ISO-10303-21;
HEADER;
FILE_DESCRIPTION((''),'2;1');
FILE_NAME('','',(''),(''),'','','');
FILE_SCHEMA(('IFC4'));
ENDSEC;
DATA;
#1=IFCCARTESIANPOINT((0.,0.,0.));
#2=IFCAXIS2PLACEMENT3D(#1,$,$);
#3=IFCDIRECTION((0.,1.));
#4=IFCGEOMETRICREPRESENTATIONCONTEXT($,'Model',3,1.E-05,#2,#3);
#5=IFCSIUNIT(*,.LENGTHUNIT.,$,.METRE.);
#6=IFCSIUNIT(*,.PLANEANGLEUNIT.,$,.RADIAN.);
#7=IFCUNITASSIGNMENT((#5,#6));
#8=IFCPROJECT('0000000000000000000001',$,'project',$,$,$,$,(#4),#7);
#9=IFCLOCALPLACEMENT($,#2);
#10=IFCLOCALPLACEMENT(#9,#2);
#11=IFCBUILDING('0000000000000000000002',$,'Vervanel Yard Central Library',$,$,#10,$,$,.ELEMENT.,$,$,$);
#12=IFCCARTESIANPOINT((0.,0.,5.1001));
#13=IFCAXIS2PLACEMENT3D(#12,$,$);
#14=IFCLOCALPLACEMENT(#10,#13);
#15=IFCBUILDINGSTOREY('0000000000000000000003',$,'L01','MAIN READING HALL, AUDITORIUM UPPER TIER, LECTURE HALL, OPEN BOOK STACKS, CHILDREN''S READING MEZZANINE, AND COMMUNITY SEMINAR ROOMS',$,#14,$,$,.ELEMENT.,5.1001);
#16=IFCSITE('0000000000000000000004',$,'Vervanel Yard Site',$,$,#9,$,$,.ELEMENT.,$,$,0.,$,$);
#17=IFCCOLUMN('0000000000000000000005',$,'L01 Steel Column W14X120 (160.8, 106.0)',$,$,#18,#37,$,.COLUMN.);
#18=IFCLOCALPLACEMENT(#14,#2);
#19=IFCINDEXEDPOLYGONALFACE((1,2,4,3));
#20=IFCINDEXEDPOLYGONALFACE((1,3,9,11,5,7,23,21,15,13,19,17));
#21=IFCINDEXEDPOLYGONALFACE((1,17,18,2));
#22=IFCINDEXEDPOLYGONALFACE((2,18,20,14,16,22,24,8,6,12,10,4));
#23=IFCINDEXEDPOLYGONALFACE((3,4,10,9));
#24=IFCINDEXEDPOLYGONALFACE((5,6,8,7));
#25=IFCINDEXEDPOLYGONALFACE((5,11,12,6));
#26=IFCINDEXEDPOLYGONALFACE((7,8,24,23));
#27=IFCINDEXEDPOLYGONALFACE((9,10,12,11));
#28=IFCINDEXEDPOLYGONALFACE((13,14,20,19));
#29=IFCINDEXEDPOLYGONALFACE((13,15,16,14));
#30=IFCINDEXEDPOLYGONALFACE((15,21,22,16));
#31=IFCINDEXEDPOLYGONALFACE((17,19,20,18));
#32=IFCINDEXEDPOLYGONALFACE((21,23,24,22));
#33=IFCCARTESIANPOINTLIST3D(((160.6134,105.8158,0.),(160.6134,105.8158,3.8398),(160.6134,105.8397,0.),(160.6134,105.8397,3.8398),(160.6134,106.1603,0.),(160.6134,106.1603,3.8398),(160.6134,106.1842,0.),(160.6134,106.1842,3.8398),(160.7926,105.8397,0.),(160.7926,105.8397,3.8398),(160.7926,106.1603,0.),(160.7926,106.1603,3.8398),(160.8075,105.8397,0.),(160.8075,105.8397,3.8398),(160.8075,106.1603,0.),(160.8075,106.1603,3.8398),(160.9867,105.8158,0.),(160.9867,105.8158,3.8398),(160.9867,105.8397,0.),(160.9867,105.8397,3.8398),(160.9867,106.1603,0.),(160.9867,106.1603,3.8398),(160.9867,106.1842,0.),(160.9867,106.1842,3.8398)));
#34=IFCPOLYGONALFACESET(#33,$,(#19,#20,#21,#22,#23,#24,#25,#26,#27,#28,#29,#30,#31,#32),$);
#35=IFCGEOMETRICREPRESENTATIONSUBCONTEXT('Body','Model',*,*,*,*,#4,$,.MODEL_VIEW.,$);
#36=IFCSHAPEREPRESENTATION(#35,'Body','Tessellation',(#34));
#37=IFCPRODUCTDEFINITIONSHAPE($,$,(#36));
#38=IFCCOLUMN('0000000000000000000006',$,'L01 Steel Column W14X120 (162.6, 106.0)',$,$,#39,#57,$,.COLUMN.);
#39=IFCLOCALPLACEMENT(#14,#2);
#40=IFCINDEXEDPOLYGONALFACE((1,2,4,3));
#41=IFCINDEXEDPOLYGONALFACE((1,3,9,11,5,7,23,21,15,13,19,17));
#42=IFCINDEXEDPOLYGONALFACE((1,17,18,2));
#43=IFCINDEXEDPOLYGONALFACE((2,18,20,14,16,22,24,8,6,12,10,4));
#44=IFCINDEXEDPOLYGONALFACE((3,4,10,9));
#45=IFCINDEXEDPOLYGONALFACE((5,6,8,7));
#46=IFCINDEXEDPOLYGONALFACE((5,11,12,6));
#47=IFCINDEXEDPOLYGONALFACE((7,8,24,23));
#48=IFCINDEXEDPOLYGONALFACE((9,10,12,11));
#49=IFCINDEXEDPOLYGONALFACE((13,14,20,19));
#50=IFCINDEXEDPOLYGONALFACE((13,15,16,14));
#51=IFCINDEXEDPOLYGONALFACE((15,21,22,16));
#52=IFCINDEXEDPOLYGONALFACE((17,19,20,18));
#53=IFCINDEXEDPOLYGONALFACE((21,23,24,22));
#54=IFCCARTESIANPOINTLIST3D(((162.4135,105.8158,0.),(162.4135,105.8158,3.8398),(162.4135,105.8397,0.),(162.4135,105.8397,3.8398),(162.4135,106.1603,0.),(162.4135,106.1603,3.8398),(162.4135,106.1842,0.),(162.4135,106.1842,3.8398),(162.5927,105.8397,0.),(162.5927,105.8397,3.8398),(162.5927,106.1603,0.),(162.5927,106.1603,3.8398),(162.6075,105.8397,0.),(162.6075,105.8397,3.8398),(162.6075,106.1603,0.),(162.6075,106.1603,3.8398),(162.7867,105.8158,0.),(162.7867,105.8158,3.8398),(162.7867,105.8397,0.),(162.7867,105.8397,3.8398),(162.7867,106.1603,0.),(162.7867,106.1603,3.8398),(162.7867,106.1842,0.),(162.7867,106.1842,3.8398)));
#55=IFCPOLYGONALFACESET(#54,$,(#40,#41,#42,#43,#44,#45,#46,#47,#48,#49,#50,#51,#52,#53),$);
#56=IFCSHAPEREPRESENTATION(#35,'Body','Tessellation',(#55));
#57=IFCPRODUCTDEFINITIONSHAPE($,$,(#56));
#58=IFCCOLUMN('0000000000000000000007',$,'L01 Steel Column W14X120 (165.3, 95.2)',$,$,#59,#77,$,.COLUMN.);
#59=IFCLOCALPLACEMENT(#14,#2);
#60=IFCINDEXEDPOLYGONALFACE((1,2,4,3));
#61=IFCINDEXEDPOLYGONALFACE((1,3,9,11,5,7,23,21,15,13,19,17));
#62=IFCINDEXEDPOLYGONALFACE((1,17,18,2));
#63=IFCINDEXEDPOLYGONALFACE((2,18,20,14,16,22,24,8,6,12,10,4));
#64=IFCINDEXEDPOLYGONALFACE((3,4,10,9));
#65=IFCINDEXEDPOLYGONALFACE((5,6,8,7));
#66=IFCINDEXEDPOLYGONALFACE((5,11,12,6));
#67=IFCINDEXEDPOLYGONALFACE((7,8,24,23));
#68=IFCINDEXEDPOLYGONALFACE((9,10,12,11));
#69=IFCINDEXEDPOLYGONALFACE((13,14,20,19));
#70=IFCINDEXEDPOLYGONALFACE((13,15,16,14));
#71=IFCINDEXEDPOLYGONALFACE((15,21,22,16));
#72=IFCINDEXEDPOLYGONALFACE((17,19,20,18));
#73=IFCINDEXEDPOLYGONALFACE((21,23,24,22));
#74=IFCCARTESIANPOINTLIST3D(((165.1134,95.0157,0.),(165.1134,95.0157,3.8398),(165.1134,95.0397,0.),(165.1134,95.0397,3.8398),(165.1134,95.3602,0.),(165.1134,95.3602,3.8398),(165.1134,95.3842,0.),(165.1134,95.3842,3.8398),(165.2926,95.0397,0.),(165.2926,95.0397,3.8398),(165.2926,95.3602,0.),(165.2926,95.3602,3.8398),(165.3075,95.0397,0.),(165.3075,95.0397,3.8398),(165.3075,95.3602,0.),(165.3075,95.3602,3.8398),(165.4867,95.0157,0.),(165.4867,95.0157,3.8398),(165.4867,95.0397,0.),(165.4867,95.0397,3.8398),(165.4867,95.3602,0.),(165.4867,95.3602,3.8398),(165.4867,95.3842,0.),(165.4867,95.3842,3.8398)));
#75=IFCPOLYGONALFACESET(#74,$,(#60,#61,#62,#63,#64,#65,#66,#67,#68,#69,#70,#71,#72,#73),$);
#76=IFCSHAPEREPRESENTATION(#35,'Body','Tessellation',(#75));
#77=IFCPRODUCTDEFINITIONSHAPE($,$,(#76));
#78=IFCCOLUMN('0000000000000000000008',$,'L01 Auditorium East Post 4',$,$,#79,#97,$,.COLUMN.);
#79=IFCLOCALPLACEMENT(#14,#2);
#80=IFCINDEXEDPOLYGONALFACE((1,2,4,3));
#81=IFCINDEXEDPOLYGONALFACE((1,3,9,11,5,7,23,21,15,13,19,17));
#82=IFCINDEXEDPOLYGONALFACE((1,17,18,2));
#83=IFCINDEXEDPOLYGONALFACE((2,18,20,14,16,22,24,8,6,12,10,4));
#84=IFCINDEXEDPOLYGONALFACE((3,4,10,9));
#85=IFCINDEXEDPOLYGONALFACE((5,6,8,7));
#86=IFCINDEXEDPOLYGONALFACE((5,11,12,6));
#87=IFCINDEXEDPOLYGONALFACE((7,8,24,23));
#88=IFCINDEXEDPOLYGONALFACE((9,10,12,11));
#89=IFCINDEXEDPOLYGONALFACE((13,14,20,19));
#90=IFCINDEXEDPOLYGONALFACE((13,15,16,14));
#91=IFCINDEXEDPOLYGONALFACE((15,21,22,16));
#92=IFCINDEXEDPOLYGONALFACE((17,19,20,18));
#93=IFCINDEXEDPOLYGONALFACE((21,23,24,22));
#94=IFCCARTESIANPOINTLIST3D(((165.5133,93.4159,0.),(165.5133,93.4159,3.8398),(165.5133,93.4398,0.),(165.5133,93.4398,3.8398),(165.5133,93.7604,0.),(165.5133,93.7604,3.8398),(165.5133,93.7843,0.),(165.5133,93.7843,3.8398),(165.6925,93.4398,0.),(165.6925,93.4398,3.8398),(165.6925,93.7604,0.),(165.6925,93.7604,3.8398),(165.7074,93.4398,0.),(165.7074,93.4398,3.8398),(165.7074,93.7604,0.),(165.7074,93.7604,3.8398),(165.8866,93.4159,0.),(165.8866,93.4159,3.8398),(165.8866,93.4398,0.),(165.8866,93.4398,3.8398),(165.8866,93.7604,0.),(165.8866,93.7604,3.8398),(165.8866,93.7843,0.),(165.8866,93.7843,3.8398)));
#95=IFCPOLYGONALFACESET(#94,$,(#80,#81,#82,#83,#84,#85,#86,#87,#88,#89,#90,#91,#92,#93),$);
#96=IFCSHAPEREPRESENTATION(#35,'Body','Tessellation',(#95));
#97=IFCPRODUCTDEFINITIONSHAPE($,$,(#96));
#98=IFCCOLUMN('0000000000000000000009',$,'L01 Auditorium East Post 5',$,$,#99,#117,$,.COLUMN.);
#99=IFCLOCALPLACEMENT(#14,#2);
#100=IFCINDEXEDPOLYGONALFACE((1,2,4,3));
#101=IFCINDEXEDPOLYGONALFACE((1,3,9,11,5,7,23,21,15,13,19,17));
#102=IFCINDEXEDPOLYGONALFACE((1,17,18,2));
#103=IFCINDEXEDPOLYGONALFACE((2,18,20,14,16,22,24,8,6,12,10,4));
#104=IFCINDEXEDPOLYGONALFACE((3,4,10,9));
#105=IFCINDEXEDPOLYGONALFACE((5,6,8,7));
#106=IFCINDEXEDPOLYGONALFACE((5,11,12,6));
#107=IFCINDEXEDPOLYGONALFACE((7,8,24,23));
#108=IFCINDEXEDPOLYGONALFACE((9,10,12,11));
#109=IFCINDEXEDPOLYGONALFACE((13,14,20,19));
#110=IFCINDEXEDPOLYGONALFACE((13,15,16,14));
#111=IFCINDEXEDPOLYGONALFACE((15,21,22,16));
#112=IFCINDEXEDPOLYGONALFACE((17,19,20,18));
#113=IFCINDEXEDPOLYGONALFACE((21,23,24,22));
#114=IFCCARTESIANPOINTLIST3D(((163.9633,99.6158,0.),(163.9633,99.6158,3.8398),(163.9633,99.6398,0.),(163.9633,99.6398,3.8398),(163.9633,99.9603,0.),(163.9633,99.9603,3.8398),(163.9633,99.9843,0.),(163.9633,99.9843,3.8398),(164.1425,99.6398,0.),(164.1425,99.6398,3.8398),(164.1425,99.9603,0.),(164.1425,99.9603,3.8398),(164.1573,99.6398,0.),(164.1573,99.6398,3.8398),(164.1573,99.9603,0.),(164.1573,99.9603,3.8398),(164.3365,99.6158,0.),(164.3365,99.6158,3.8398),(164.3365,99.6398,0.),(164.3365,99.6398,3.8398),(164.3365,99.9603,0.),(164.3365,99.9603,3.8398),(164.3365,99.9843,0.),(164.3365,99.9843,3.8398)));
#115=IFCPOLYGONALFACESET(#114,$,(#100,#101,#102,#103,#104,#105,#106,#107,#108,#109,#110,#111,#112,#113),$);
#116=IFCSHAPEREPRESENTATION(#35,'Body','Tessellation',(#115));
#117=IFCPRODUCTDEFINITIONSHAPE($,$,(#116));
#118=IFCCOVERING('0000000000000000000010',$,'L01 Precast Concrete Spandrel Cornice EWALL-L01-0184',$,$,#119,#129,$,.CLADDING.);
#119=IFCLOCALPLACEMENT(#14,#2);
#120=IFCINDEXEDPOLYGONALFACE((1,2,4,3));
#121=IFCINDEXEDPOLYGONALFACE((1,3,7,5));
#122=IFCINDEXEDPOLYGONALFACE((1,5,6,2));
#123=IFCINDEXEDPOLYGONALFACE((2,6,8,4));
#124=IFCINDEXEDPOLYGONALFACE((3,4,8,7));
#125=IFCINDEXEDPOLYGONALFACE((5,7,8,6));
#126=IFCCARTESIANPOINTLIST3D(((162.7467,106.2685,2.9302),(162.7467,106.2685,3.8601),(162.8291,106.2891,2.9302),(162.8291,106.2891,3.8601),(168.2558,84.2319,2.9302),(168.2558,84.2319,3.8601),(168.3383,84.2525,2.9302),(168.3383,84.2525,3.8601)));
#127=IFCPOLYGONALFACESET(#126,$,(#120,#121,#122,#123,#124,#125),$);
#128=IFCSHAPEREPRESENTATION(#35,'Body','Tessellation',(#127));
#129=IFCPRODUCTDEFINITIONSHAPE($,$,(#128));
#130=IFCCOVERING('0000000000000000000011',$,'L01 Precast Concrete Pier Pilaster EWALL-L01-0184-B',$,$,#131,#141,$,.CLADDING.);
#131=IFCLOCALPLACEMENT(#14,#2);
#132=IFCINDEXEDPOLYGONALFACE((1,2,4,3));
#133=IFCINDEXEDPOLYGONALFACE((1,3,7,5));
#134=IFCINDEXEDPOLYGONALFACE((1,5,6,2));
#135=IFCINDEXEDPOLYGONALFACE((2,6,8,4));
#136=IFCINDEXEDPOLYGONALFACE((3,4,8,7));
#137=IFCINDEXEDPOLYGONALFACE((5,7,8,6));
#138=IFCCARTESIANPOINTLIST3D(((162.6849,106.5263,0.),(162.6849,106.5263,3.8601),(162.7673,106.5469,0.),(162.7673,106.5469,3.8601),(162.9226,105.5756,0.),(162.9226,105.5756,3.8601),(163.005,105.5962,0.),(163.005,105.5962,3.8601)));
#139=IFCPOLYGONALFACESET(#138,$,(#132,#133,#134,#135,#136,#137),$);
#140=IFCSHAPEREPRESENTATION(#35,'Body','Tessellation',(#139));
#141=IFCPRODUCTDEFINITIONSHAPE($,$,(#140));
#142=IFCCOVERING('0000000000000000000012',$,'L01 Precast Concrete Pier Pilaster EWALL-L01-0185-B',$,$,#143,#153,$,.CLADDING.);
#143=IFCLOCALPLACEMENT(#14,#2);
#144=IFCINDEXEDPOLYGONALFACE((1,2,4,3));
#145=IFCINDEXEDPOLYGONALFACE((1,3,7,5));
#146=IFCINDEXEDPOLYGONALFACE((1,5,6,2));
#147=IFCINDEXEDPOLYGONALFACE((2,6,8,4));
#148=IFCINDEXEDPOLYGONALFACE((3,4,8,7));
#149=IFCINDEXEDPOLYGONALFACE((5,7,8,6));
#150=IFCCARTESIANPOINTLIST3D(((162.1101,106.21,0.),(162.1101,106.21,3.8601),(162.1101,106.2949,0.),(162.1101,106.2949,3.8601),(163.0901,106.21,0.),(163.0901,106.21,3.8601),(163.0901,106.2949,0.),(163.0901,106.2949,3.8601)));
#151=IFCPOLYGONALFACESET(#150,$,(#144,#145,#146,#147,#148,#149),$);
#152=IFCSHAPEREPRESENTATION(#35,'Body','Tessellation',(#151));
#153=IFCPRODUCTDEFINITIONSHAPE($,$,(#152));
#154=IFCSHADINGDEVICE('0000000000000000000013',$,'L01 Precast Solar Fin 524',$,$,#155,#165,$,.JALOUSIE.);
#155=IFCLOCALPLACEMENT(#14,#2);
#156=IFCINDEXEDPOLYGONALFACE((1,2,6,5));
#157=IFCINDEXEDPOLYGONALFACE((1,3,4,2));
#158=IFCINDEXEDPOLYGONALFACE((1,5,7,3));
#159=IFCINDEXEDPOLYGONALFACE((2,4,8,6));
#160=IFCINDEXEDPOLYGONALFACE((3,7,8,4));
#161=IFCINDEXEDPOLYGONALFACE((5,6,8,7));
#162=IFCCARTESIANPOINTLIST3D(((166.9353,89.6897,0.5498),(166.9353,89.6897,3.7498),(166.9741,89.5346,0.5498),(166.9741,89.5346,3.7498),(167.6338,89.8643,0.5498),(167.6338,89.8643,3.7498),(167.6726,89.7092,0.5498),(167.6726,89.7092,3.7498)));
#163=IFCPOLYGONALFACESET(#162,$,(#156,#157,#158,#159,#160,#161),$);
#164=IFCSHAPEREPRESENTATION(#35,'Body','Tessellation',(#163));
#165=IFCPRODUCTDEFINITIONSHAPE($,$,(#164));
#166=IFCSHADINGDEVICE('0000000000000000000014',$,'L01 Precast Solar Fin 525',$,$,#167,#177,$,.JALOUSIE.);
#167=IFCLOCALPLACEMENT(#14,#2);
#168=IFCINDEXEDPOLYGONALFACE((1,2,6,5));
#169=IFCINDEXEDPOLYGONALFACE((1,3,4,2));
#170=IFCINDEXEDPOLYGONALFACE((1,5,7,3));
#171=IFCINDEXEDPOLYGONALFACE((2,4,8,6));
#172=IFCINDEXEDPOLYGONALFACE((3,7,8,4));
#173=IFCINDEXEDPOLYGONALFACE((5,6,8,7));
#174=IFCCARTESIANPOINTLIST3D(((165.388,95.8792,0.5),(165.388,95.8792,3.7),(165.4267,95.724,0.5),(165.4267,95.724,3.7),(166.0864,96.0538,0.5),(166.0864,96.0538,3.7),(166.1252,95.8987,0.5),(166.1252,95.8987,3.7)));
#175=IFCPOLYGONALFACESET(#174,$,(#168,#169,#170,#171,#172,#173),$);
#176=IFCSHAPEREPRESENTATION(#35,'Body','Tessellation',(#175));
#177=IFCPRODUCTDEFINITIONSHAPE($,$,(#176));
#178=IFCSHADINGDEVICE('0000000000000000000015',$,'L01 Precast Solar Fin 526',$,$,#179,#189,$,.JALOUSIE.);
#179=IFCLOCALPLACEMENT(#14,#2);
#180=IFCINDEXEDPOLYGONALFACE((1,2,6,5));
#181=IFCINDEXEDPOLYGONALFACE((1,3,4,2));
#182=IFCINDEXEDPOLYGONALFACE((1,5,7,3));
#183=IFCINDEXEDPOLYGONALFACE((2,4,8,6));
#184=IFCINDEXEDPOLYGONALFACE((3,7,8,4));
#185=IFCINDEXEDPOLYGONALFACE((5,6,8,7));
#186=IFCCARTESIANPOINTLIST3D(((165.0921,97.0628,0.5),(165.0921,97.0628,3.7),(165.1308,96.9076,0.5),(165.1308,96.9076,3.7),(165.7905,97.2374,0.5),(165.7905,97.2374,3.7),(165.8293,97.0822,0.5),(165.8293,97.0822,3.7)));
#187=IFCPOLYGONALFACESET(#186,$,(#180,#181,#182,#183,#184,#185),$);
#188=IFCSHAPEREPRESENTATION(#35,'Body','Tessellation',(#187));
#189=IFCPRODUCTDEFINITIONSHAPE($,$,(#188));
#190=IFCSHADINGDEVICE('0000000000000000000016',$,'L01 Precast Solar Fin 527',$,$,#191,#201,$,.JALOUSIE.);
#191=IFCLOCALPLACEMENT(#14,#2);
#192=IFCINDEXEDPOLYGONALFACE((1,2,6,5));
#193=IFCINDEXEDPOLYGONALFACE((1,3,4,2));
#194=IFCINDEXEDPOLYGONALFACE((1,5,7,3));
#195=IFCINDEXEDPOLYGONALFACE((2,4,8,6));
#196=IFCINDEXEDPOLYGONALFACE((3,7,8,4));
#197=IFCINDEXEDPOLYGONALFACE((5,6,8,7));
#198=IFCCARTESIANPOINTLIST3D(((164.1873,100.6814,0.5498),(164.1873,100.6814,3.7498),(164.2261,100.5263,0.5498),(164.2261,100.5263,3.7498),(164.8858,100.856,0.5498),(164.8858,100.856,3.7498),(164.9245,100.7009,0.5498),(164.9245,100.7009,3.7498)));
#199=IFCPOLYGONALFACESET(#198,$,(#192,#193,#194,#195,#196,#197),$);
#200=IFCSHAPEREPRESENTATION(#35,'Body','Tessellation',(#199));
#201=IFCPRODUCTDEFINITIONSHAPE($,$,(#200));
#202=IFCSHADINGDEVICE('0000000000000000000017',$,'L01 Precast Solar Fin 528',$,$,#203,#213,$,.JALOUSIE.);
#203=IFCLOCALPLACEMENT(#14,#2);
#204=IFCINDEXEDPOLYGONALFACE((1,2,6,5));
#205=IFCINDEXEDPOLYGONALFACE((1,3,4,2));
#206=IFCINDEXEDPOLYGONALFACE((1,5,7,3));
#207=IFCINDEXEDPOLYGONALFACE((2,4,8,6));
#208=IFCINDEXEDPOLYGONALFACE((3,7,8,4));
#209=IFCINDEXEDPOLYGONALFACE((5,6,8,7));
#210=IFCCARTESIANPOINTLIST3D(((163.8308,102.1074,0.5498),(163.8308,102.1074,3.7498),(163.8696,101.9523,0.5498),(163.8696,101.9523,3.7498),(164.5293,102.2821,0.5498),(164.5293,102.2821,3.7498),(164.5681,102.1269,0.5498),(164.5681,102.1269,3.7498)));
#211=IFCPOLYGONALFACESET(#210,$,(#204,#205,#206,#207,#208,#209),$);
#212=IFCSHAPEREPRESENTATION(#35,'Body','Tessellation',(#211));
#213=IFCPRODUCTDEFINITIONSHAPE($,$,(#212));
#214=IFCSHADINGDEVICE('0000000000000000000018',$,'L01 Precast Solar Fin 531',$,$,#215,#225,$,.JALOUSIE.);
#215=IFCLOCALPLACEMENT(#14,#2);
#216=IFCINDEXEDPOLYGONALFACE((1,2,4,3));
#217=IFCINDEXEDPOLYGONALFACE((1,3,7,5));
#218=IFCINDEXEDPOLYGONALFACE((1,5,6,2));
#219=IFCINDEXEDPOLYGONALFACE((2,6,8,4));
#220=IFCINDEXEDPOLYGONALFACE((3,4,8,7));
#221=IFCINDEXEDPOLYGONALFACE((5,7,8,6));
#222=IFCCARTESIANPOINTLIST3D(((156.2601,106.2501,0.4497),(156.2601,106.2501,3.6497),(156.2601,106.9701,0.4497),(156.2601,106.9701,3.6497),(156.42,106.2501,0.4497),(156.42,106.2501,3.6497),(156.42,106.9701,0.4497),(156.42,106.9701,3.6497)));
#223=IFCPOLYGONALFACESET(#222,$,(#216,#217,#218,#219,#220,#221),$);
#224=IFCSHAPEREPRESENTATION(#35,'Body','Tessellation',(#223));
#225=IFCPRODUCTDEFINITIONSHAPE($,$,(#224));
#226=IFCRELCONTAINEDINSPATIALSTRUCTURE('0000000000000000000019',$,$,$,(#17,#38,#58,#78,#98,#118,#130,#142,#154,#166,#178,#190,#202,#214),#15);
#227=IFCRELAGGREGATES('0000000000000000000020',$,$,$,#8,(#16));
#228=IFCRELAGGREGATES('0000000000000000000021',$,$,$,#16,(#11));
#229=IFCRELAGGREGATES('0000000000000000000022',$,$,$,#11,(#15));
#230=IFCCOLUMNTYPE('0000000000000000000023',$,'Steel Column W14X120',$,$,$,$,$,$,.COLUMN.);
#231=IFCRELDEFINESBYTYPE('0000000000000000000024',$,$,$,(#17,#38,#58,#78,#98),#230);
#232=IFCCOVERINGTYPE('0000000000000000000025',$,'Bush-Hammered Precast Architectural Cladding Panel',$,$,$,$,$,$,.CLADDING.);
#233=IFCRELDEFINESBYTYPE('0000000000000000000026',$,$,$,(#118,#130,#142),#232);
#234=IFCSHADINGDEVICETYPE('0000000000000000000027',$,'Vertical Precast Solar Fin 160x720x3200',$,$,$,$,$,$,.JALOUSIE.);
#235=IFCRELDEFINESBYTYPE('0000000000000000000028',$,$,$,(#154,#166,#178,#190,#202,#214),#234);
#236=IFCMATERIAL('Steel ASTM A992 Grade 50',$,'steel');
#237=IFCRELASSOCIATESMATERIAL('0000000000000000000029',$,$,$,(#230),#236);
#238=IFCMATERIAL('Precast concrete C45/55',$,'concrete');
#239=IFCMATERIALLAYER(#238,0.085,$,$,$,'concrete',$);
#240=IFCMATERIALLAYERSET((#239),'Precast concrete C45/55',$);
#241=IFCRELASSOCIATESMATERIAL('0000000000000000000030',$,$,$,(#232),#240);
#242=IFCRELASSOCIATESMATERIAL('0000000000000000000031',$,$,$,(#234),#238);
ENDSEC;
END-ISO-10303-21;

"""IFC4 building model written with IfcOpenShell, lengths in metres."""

from ifc_helpers import new_model, si_unit, direction, frame, origin, origin_2d, place, context, subcontext, project, spatial, rectangle, i_section, extrude, material, layer, layer_set, material_profile, profile_set, type_object, element, save


model = new_model("IFC4")

# Units and contexts
model_context = context("Model", 3, precision=1e-05, world=origin(), true_north=direction((0.0, 1.0)))
body_context = subcontext(model_context, "Body", "Model", "MODEL_VIEW")
ifc_project = project(units=[si_unit("LENGTHUNIT", "METRE"), si_unit("PLANEANGLEUNIT", "RADIAN")], contexts=[model_context])

# Site, building, storey
site_placement = place(None, origin())
site = spatial("IfcSite", under=ifc_project, at=site_placement, Name="Vervanel Yard Site", CompositionType="ELEMENT", RefElevation=0.0)
building_placement = place(site_placement, origin())
building = spatial("IfcBuilding", under=site, at=building_placement, Name="Vervanel Yard Central Library", CompositionType="ELEMENT")
storey_placement = place(building_placement, frame((0.0, 0.0, 5.1001)))
storey = spatial("IfcBuildingStorey", under=building, at=storey_placement, Name="L01", Description="MAIN READING HALL, AUDITORIUM UPPER TIER, LECTURE HALL, OPEN BOOK STACKS, CHILDREN'S READING MEZZANINE, AND COMMUNITY SEMINAR ROOMS", CompositionType="ELEMENT", Elevation=5.1001)

# Columns
ifc_material_1 = material(Name="Steel ASTM A992 Grade 50", Category="steel")
ifc_material_profile = material_profile(ifc_material_1, i_section(OverallWidth=0.3733, OverallDepth=0.3684, WebThickness=0.0149, FlangeThickness=0.0239, at=origin_2d()), Name="W14X120", Category="steel")
ifc_profile_set = profile_set([ifc_material_profile], Name="Steel ASTM A992 Grade 50")
column_type = type_object("IfcColumnType", Name="Steel Column W14X120", PredefinedType="COLUMN", material=ifc_profile_set)
for number, where, z_axis, x_axis, name in (
    (1, (160.8, 106.0, 0.0), (0.0, 0.0, 1.0), (1.0, 0.0, 0.0), "L01 Steel Column W14X120 (160.8, 106.0)"),
    (2, (162.6001, 106.0, 0.0), (0.0, 0.0, 1.0), (1.0, 0.0, 0.0), "L01 Steel Column W14X120 (162.6, 106.0)"),
    (3, (165.3, 95.2, 0.0), (0.0, 0.0, 1.0), (1.0, 0.0, 0.0), "L01 Steel Column W14X120 (165.3, 95.2)"),
    (4, (165.7, 93.6001, 0.0), (0.0, 0.0, 1.0), (1.0, 0.0, 0.0), "L01 Auditorium East Post 4"),
    (5, (164.1499, 99.8, 0.0), (0.0, 0.0, 1.0), (1.0, 0.0, 0.0), "L01 Auditorium East Post 5"),
):
    element("IfcColumn", number, at=place(storey_placement, frame(where, z_axis=z_axis, x_axis=x_axis)), inside=storey, type_object=column_type, Name=name, PredefinedType="COLUMN", context=body_context, shape_type="SweptSolid", body=[
        extrude(i_section(OverallWidth=0.3733, OverallDepth=0.3684, WebThickness=0.0149, FlangeThickness=0.0239, at=origin_2d()), origin(), (0.0, 0.0, 1.0), 3.8398),
    ])

# Coverings
ifc_material_2 = material(Name="Precast concrete C45/55", Category="concrete")
ifc_layer = layer(ifc_material_2, 0.085, Category="concrete")
ifc_layer_set = layer_set([ifc_layer], Name="Precast concrete C45/55")
covering_type = type_object("IfcCoveringType", Name="Bush-Hammered Precast Architectural Cladding Panel", PredefinedType="CLADDING", material=ifc_layer_set)
covering_placement = place(storey_placement, frame((165.5425, 95.2605, 2.9302), z_axis=(0.0, 0.0, 1.0), x_axis=(-0.242535, 0.970143, 0.0)))
element("IfcCovering", 6, at=covering_placement, inside=storey, type_object=covering_type, Name="L01 Precast Concrete Spandrel Cornice EWALL-L01-0184", PredefinedType="CLADDING", context=body_context, shape_type="SweptSolid", body=[
    extrude(rectangle(XDim=22.7148, YDim=0.085, at=origin_2d()), origin(), (0.0, 0.0, 1.0), 0.9299),
])
for number, where, z_axis, x_axis, name in (
    (7, (162.845, 106.0613, 0.0), (0.0, 0.0, 1.0), (-0.242535, 0.970143, 0.0), "L01 Precast Concrete Pier Pilaster EWALL-L01-0184-B"),
    (8, (162.6001, 106.2524, 0.0), (0.0, 0.0, 1.0), (1.0, 0.0, 0.0), "L01 Precast Concrete Pier Pilaster EWALL-L01-0185-B"),
):
    element("IfcCovering", number, at=place(storey_placement, frame(where, z_axis=z_axis, x_axis=x_axis)), inside=storey, type_object=covering_type, Name=name, PredefinedType="CLADDING", context=body_context, shape_type="SweptSolid", body=[
        extrude(rectangle(XDim=0.98, YDim=0.085, at=origin_2d()), origin(), (0.0, 0.0, 1.0), 3.8601),
    ])

# Shading devices
shading_device_type = type_object("IfcShadingDeviceType", Name="Vertical Precast Solar Fin 160x720x3200", PredefinedType="JALOUSIE", material=ifc_material_2)
for number, where, z_axis, x_axis, name in (
    (9, (167.304, 89.6995, 0.5498), (0.0, 0.0, 1.0), (-0.242535, 0.970143, 0.0), "L01 Precast Solar Fin 524"),
    (10, (165.7566, 95.8889, 0.5), (0.0, 0.0, 1.0), (-0.242535, 0.970143, 0.0), "L01 Precast Solar Fin 525"),
    (11, (165.4607, 97.0725, 0.5), (0.0, 0.0, 1.0), (-0.242535, 0.970143, 0.0), "L01 Precast Solar Fin 526"),
    (12, (164.5559, 100.6912, 0.5498), (0.0, 0.0, 1.0), (-0.242535, 0.970143, 0.0), "L01 Precast Solar Fin 527"),
    (13, (164.1995, 102.1172, 0.5498), (0.0, 0.0, 1.0), (-0.242535, 0.970143, 0.0), "L01 Precast Solar Fin 528"),
    (14, (156.3401, 106.6101, 0.4497), (0.0, 0.0, 1.0), (1.0, 0.0, 0.0), "L01 Precast Solar Fin 531"),
):
    element("IfcShadingDevice", number, at=place(storey_placement, frame(where, z_axis=z_axis, x_axis=x_axis)), inside=storey, type_object=shading_device_type, Name=name, PredefinedType="JALOUSIE", context=body_context, shape_type="SweptSolid", body=[
        extrude(rectangle(XDim=0.1599, YDim=0.72, at=origin_2d()), origin(), (0.0, 0.0, 1.0), 3.2),
    ])

save(model, "model.ifc")
